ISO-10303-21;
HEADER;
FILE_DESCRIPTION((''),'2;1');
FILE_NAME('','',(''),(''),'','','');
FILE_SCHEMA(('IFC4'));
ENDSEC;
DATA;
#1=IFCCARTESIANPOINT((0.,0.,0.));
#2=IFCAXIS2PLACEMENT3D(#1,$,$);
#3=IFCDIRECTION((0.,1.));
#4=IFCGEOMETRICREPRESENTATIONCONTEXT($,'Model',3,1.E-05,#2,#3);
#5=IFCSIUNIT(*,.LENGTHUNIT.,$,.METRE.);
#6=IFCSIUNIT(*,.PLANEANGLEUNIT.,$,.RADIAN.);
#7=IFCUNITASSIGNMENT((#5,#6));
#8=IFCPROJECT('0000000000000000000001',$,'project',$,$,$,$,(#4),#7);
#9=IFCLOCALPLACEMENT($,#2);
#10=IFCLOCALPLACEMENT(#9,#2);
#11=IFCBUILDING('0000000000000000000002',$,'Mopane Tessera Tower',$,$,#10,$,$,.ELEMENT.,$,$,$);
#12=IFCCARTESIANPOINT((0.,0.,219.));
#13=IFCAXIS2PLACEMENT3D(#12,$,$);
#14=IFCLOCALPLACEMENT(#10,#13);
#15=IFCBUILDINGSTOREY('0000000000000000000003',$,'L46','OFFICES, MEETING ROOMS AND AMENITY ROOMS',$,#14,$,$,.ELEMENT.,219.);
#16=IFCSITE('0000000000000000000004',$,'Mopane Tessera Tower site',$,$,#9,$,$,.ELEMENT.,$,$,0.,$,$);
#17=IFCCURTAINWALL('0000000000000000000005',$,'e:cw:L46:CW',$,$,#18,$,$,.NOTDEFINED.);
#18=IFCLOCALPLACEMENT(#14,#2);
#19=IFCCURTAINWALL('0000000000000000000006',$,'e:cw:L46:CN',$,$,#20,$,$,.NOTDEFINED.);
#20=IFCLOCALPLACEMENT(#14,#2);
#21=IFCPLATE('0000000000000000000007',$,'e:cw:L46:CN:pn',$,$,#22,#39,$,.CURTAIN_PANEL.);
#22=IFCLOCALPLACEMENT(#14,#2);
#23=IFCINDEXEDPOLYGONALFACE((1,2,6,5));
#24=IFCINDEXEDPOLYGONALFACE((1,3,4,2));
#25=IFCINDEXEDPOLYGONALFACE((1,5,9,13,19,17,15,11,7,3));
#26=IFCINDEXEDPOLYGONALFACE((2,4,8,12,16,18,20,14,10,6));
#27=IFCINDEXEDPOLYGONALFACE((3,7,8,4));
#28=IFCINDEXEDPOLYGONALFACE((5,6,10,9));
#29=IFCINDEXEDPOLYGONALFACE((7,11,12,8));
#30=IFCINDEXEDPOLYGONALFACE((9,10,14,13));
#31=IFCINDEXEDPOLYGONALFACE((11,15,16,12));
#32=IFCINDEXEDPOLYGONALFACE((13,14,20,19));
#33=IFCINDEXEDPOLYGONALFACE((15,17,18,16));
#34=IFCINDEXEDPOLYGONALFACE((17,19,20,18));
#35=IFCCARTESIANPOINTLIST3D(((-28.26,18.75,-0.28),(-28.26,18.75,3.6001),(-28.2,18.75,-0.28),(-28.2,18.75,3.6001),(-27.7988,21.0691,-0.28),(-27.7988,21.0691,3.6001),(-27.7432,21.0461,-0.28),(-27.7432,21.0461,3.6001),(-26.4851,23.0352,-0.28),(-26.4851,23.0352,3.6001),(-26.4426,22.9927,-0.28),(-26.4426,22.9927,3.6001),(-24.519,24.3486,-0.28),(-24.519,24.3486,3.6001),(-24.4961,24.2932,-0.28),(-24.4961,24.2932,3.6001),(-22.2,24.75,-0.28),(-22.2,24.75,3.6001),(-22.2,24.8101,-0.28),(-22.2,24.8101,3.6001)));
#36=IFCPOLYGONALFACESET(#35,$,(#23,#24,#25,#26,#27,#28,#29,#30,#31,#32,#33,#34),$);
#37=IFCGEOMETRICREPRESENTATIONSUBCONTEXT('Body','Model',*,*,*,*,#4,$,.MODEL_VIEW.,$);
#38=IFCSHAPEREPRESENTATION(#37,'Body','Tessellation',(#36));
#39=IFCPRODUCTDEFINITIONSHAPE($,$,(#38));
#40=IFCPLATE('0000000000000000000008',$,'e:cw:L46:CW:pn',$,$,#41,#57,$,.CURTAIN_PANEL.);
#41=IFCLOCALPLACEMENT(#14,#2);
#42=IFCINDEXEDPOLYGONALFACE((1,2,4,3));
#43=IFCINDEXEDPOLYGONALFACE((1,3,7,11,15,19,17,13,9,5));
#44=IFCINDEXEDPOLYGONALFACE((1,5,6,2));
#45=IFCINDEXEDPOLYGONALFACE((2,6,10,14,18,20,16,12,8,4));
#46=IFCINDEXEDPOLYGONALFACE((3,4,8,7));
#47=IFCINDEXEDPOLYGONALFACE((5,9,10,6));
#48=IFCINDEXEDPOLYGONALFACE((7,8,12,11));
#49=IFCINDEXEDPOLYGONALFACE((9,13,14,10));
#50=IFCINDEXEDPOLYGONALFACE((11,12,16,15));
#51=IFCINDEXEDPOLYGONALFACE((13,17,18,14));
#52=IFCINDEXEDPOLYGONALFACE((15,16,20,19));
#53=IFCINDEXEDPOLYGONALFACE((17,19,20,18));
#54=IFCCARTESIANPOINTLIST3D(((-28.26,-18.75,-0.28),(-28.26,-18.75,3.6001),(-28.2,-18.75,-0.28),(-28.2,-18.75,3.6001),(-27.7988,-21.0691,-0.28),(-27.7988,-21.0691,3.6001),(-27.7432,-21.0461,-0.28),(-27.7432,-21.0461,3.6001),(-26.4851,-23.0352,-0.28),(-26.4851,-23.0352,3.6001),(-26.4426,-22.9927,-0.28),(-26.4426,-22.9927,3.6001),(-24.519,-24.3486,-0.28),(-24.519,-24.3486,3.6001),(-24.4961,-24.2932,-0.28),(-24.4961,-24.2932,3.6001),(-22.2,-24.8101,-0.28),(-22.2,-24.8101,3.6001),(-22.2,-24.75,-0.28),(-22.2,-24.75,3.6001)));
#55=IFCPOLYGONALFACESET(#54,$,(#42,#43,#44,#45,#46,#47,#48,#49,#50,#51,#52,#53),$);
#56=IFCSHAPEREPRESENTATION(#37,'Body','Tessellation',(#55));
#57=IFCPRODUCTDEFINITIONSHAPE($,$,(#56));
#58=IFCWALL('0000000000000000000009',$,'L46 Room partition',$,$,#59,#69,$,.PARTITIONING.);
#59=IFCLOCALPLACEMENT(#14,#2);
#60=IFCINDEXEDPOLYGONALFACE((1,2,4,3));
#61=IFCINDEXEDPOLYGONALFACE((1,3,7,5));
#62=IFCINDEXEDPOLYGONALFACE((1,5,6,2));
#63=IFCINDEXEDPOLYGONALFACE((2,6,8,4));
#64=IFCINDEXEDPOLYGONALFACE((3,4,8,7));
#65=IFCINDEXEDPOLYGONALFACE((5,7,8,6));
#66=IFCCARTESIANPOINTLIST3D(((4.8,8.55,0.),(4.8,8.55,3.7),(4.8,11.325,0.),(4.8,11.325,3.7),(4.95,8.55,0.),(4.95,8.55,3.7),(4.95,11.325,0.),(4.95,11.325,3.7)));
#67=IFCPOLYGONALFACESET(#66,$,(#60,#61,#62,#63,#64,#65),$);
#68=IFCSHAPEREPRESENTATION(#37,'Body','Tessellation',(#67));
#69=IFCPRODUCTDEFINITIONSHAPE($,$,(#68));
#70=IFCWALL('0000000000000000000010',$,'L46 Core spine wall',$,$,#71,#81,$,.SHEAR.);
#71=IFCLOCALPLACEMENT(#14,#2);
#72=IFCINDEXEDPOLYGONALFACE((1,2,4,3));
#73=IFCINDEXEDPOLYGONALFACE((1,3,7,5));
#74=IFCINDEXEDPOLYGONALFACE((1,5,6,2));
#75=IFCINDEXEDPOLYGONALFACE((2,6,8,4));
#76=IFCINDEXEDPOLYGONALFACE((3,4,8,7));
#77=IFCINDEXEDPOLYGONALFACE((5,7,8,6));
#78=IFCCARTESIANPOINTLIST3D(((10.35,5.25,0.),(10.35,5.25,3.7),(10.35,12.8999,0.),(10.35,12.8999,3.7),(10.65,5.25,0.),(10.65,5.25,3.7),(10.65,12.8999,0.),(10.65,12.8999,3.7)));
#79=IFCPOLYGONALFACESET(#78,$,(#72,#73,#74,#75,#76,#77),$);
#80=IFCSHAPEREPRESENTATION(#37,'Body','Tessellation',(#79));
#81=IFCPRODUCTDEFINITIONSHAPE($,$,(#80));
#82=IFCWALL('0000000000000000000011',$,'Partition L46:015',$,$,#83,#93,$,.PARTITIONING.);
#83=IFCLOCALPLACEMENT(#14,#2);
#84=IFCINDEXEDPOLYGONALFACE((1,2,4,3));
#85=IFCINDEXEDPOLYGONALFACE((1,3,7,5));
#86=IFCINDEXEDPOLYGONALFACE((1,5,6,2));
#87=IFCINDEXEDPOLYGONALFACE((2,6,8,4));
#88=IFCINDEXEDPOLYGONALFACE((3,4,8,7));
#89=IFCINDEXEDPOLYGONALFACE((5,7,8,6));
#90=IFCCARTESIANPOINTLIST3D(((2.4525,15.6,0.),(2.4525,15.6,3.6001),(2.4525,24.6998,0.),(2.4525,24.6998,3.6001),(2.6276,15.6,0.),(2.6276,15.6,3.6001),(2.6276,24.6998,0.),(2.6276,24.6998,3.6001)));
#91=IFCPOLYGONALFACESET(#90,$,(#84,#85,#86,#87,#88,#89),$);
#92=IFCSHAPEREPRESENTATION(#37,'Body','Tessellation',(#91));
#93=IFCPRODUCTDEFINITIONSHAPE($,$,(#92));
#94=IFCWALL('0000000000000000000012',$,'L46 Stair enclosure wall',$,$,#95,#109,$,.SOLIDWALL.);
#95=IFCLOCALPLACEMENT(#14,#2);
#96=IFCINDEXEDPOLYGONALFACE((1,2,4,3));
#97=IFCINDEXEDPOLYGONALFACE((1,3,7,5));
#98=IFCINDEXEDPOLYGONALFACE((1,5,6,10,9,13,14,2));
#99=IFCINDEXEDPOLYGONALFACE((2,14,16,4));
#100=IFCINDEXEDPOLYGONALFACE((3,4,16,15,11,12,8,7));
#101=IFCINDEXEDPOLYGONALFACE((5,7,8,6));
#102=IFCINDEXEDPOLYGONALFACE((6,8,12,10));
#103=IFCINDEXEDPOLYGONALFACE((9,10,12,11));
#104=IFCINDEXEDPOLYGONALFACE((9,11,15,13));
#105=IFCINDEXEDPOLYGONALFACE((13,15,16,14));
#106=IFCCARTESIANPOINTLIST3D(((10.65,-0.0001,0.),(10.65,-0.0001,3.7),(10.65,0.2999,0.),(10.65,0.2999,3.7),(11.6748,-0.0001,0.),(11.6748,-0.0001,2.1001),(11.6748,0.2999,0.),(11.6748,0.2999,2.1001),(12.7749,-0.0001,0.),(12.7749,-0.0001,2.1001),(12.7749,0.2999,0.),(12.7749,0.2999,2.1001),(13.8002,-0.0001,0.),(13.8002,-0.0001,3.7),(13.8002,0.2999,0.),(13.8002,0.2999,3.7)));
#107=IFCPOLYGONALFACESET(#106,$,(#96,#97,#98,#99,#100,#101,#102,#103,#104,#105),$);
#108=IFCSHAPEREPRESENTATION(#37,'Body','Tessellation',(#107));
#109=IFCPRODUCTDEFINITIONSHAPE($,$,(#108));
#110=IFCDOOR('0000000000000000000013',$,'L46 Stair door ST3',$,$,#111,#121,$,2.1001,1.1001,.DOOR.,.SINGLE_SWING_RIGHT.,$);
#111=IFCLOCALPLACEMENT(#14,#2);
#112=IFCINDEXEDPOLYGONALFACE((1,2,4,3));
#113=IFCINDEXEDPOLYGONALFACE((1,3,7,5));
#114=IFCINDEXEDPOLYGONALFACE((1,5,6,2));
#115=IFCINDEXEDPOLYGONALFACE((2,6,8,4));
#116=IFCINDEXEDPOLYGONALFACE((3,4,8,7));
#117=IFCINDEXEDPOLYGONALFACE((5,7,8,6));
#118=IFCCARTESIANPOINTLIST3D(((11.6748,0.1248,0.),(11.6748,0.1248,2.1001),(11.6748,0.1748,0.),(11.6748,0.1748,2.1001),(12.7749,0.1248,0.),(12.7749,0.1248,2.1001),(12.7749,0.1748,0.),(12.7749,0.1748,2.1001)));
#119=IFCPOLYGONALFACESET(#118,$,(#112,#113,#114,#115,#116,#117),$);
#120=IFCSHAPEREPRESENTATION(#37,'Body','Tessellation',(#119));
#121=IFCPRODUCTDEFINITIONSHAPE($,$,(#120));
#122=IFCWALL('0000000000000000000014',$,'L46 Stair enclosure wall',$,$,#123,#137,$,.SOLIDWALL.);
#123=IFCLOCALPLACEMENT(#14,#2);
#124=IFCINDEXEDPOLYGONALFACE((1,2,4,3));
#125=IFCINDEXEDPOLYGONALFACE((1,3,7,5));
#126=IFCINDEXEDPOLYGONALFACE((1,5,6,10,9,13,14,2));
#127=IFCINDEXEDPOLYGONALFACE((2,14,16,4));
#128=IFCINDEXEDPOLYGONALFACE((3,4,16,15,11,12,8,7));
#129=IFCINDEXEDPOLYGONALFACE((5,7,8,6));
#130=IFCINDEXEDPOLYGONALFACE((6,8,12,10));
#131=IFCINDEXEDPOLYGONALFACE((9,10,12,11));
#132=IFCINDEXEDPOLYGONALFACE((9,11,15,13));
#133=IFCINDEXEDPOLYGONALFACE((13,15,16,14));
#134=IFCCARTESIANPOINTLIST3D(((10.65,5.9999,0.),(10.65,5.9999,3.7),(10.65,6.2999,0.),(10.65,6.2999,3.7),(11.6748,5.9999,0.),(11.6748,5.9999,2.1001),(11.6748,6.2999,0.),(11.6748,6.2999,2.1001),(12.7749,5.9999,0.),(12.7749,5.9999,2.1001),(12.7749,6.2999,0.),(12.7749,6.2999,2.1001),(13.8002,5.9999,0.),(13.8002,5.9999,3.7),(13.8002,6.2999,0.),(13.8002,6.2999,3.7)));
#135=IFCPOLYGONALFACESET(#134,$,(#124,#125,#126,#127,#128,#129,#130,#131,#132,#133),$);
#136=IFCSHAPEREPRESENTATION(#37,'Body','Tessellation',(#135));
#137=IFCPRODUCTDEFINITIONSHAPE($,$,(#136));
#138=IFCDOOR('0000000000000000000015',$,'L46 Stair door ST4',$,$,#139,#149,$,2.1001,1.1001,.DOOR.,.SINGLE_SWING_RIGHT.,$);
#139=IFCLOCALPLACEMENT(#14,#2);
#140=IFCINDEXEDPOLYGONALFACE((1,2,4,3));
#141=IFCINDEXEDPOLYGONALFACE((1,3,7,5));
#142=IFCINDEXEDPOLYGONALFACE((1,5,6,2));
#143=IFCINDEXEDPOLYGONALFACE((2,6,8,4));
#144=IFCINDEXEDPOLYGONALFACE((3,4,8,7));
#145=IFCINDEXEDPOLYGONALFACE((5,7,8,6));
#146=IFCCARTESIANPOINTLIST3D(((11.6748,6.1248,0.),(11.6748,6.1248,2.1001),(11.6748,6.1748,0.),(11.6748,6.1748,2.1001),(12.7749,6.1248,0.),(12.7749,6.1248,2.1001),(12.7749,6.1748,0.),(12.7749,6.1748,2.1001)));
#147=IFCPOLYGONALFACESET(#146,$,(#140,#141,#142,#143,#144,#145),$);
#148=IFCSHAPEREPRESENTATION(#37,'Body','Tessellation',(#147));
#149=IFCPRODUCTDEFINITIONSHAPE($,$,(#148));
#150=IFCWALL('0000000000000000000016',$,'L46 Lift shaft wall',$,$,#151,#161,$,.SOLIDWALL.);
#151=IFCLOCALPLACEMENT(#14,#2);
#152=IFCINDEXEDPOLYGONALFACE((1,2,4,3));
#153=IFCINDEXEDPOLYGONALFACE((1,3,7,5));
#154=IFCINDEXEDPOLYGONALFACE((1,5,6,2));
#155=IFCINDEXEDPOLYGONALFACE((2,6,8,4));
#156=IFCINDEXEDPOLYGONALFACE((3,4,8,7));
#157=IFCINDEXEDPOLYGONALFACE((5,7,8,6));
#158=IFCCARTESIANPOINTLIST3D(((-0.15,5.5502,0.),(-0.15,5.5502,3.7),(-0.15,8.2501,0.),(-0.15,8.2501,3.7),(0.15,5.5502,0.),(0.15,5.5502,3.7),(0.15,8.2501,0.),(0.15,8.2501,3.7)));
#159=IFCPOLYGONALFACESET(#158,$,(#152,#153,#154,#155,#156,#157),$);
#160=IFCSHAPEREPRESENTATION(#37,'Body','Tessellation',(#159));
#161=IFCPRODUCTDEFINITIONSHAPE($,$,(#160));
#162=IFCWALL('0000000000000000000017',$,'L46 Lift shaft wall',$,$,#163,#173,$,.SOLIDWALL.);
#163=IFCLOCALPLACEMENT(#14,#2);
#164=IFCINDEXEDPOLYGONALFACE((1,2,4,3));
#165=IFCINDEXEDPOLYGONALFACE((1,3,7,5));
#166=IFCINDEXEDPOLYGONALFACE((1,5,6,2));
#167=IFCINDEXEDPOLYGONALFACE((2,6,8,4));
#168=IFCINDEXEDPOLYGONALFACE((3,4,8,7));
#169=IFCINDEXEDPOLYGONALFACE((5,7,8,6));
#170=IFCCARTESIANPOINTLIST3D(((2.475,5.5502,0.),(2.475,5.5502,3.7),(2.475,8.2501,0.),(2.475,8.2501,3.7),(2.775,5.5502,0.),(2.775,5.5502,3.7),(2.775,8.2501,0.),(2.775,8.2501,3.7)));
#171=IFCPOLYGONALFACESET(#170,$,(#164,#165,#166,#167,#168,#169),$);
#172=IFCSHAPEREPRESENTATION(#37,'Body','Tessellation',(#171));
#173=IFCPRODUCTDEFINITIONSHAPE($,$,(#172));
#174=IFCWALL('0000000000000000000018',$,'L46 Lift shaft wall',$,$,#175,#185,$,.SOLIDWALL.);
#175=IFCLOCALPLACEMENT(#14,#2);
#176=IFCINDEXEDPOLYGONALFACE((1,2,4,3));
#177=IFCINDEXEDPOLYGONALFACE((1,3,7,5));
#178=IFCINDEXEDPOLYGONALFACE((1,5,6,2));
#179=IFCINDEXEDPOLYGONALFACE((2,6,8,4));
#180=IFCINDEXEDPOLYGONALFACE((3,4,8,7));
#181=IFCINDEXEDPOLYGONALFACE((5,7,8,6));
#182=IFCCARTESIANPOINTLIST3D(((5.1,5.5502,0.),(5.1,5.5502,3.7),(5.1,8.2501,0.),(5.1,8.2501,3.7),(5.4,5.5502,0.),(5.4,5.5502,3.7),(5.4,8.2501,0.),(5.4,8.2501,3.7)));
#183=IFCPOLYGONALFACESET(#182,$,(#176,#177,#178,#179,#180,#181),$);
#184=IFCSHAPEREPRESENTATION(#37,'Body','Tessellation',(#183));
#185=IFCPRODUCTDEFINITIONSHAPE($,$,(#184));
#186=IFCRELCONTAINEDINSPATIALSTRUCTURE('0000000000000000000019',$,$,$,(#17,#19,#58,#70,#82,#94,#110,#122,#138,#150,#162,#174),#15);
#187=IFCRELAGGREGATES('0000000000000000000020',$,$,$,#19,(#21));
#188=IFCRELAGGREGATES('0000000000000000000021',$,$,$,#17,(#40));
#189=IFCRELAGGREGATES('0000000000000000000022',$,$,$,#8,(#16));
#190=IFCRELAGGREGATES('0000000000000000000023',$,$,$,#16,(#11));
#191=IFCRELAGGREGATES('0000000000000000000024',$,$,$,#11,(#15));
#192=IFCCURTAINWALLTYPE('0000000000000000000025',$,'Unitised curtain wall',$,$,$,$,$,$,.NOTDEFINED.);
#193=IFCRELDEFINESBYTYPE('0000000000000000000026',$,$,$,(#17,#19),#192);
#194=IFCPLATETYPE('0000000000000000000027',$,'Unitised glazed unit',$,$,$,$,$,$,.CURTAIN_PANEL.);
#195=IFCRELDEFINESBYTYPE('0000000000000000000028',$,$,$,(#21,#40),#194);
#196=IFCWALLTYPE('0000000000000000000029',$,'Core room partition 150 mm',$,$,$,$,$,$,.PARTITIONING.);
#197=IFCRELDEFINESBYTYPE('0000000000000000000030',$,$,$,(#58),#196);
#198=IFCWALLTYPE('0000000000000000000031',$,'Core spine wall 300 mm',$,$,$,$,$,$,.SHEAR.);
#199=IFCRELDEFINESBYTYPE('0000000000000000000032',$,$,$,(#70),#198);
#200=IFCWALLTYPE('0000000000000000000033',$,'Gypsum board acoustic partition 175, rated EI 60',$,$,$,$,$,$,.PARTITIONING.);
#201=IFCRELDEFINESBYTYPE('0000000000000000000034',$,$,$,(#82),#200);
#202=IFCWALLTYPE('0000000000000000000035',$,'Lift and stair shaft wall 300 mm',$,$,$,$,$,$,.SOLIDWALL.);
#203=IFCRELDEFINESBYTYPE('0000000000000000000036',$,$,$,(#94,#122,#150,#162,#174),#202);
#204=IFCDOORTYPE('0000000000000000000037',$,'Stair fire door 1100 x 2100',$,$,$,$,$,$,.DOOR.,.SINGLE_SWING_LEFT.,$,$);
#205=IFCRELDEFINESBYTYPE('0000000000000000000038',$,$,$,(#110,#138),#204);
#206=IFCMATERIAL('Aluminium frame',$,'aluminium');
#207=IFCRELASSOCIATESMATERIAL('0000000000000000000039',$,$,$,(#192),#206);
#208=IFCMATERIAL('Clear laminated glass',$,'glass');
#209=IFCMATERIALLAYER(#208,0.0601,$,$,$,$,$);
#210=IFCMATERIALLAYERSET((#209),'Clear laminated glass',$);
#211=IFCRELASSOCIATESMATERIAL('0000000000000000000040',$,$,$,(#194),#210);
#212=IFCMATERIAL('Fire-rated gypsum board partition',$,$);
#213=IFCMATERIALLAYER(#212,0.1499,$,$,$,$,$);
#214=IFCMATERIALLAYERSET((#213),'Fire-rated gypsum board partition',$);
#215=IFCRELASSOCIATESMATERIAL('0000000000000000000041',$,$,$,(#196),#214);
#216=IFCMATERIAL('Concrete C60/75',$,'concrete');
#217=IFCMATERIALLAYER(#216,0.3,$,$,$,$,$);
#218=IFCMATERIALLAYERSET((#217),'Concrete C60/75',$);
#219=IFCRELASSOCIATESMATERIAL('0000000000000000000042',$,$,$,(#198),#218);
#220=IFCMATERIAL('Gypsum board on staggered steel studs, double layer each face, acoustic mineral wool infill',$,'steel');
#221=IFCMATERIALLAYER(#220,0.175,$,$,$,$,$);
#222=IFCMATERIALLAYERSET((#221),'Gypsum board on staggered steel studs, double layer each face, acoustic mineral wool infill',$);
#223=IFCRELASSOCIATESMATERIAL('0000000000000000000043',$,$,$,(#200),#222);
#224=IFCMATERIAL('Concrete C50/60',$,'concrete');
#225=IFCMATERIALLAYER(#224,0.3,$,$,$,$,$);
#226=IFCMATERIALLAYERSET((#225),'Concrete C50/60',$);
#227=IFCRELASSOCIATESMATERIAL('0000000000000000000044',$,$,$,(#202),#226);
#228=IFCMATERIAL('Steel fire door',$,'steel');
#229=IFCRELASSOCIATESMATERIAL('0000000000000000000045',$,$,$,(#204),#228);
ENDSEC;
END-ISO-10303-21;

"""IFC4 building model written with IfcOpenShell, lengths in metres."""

from ifc_helpers import new_model, si_unit, direction, frame, frame_2d, origin, place, context, subcontext, project, spatial, polyline, rectangle, outline, extrude, material, layer, layer_set, type_object, element, fill, aggregate, save


model = new_model("IFC4")

# Units and contexts
model_context = context("Model", 3, precision=1e-05, world=origin(), true_north=direction((0.0, 1.0)))
body_context = subcontext(model_context, "Body", "Model", "MODEL_VIEW")
ifc_project = project(units=[si_unit("LENGTHUNIT", "METRE"), si_unit("PLANEANGLEUNIT", "RADIAN")], contexts=[model_context])

# Site, building, storey
site_placement = place(None, origin())
site = spatial("IfcSite", under=ifc_project, at=site_placement, Name="Mopane Tessera Tower site", CompositionType="ELEMENT", RefElevation=0.0)
building_placement = place(site_placement, origin())
building = spatial("IfcBuilding", under=site, at=building_placement, Name="Mopane Tessera Tower", CompositionType="ELEMENT")
storey_placement = place(building_placement, frame((0.0, 0.0, 219.0)))
storey = spatial("IfcBuildingStorey", under=building, at=storey_placement, Name="L46", Description="OFFICES, MEETING ROOMS AND AMENITY ROOMS", CompositionType="ELEMENT", Elevation=219.0)

# Shared definitions
ifc_material_1 = material(Name="Aluminium frame", Category="aluminium")
curtain_wall_type = type_object("IfcCurtainWallType", Name="Unitised curtain wall", PredefinedType="NOTDEFINED", material=ifc_material_1)

# Curtain wall
curtain_wall_1_placement = place(storey_placement, origin())
curtain_wall_1 = element("IfcCurtainWall", 1, at=curtain_wall_1_placement, inside=storey, type_object=curtain_wall_type, Name="e:cw:L46:CW", PredefinedType="NOTDEFINED")

# Shared definitions
ifc_material_2 = material(Name="Clear laminated glass", Category="glass")
ifc_layer_1 = layer(ifc_material_2, 0.0601)
ifc_layer_set_1 = layer_set([ifc_layer_1], Name="Clear laminated glass")
plate_type = type_object("IfcPlateType", Name="Unitised glazed unit", PredefinedType="CURTAIN_PANEL", material=ifc_layer_set_1)

# Curtain wall, plate
curtain_wall_2_placement = place(storey_placement, origin())
curtain_wall_2 = element("IfcCurtainWall", 2, at=curtain_wall_2_placement, inside=storey, type_object=curtain_wall_type, Name="e:cw:L46:CN", PredefinedType="NOTDEFINED")
plate_1_placement = place(storey_placement, frame((0.0, 0.0, -0.28)))
plate_1 = element("IfcPlate", 3, at=plate_1_placement, type_object=plate_type, Name="e:cw:L46:CN:pn", PredefinedType="CURTAIN_PANEL", context=body_context, shape_type="SweptSolid", body=[
    extrude(outline(polyline([(-22.2, 24.75), (-24.4961, 24.2932), (-26.4426, 22.9927), (-27.7432, 21.0461), (-28.2, 18.75), (-28.26, 18.75), (-27.7988, 21.0691), (-26.4851, 23.0352), (-24.519, 24.3486), (-22.2, 24.8101), (-22.2, 24.75)])), origin(), (0.0, 0.0, 1.0), 3.8801),
])
aggregate(curtain_wall_2, [plate_1])

# Plate
plate_2_placement = place(storey_placement, frame((0.0, 0.0, -0.28)))
plate_2 = element("IfcPlate", 4, at=plate_2_placement, type_object=plate_type, Name="e:cw:L46:CW:pn", PredefinedType="CURTAIN_PANEL", context=body_context, shape_type="SweptSolid", body=[
    extrude(outline(polyline([(-28.2, -18.75), (-27.7432, -21.0461), (-26.4426, -22.9927), (-24.4961, -24.2932), (-22.2, -24.75), (-22.2, -24.8101), (-24.519, -24.3486), (-26.4851, -23.0352), (-27.7988, -21.0691), (-28.26, -18.75), (-28.2, -18.75)])), origin(), (0.0, 0.0, 1.0), 3.8801),
])
aggregate(curtain_wall_1, [plate_2])

# Walls
ifc_material_3 = material(Name="Fire-rated gypsum board partition")
ifc_layer_2 = layer(ifc_material_3, 0.1499)
ifc_layer_set_2 = layer_set([ifc_layer_2], Name="Fire-rated gypsum board partition")
wall_type_1 = type_object("IfcWallType", Name="Core room partition 150 mm", PredefinedType="PARTITIONING", material=ifc_layer_set_2)
wall_1_placement = place(storey_placement, frame((4.875, 8.55, 0.0), z_axis=(0.0, 0.0, 1.0), x_axis=(0.0, 1.0, 0.0)))
element("IfcWall", 5, at=wall_1_placement, inside=storey, type_object=wall_type_1, Name="L46 Room partition", PredefinedType="PARTITIONING", context=body_context, shape_type="SweptSolid", body=[
    extrude(rectangle(XDim=2.7749, YDim=0.1499, at=frame_2d((1.3875, 0.0))), origin(), (0.0, 0.0, 1.0), 3.7),
])
ifc_material_4 = material(Name="Concrete C60/75", Category="concrete")
ifc_layer_3 = layer(ifc_material_4, 0.3)
ifc_layer_set_3 = layer_set([ifc_layer_3], Name="Concrete C60/75")
wall_type_2 = type_object("IfcWallType", Name="Core spine wall 300 mm", PredefinedType="SHEAR", material=ifc_layer_set_3)
wall_2_placement = place(storey_placement, frame((10.5, 5.25, 0.0), z_axis=(0.0, 0.0, 1.0), x_axis=(0.0, 1.0, 0.0)))
element("IfcWall", 6, at=wall_2_placement, inside=storey, type_object=wall_type_2, Name="L46 Core spine wall", PredefinedType="SHEAR", context=body_context, shape_type="SweptSolid", body=[
    extrude(rectangle(XDim=7.6499, YDim=0.3, at=frame_2d((3.825, 0.0))), origin(), (0.0, 0.0, 1.0), 3.7),
])
ifc_material_5 = material(Name="Gypsum board on staggered steel studs, double layer each face, acoustic mineral wool infill", Category="steel")
ifc_layer_4 = layer(ifc_material_5, 0.175)
ifc_layer_set_4 = layer_set([ifc_layer_4], Name="Gypsum board on staggered steel studs, double layer each face, acoustic mineral wool infill")
wall_type_3 = type_object("IfcWallType", Name="Gypsum board acoustic partition 175, rated EI 60", PredefinedType="PARTITIONING", material=ifc_layer_set_4)
wall_3_placement = place(storey_placement, frame((2.54, 15.6001, 0.0), z_axis=(0.0, 0.0, 1.0), x_axis=(0.0, 1.0, 0.0)))
element("IfcWall", 7, at=wall_3_placement, inside=storey, type_object=wall_type_3, Name="Partition L46:015", PredefinedType="PARTITIONING", context=body_context, shape_type="SweptSolid", body=[
    extrude(rectangle(XDim=9.0999, YDim=0.175, at=frame_2d((4.5498, 0.0))), origin(), (0.0, 0.0, 1.0), 3.6001),
])

# Walls, openings, doors
ifc_material_6 = material(Name="Concrete C50/60", Category="concrete")
ifc_layer_5 = layer(ifc_material_6, 0.3)
ifc_layer_set_5 = layer_set([ifc_layer_5], Name="Concrete C50/60")
wall_type_4 = type_object("IfcWallType", Name="Lift and stair shaft wall 300 mm", PredefinedType="SOLIDWALL", material=ifc_layer_set_5)
wall_4_placement = place(storey_placement, frame((10.6499, 0.1499, 0.0), z_axis=(0.0, 0.0, 1.0), x_axis=(1.0, 0.0, 0.0)))
wall_4 = element("IfcWall", 8, at=wall_4_placement, inside=storey, type_object=wall_type_4, Name="L46 Stair enclosure wall", PredefinedType="SOLIDWALL", context=body_context, shape_type="SweptSolid", body=[
    extrude(rectangle(XDim=3.1501, YDim=0.3, at=frame_2d((1.5752, 0.0))), origin(), (0.0, 0.0, 1.0), 3.7),
])
opening_1_placement = place(wall_4_placement, frame((1.0249, 0.0, 0.0)))
opening_1 = element("IfcOpeningElement", 9, at=opening_1_placement, cuts=wall_4, PredefinedType="OPENING", context=body_context, shape_type="SweptSolid", body=[
    extrude(rectangle(XDim=1.1001, YDim=2.1001, at=frame_2d((0.55, 1.05))), frame((0.0, 0.1621, 0.0), z_axis=(0.0, -1.0, 0.0), x_axis=(1.0, 0.0, 0.0)), (0.0, 0.0, 1.0), 0.324),
])
ifc_material_7 = material(Name="Steel fire door", Category="steel")
door_type = type_object("IfcDoorType", Name="Stair fire door 1100 x 2100", OperationType="SINGLE_SWING_LEFT", PredefinedType="DOOR", material=ifc_material_7)
door_1_placement = place(opening_1_placement, origin())
door_1 = element("IfcDoor", 10, at=door_1_placement, inside=storey, type_object=door_type, Name="L46 Stair door ST3", OperationType="SINGLE_SWING_RIGHT", OverallHeight=2.1001, OverallWidth=1.1001, PredefinedType="DOOR", context=body_context, shape_type="SweptSolid", body=[
    extrude(rectangle(XDim=1.1001, YDim=2.1001, at=frame_2d((0.55, 1.05))), frame((0.0, 0.0249, 0.0), z_axis=(0.0, -1.0, 0.0), x_axis=(1.0, 0.0, 0.0)), (0.0, 0.0, 1.0), 0.05),
])
fill(opening_1, door_1)
wall_5_placement = place(storey_placement, frame((10.6499, 6.1499, 0.0), z_axis=(0.0, 0.0, 1.0), x_axis=(1.0, 0.0, 0.0)))
wall_5 = element("IfcWall", 11, at=wall_5_placement, inside=storey, type_object=wall_type_4, Name="L46 Stair enclosure wall", PredefinedType="SOLIDWALL", context=body_context, shape_type="SweptSolid", body=[
    extrude(rectangle(XDim=3.1501, YDim=0.3, at=frame_2d((1.5752, 0.0))), origin(), (0.0, 0.0, 1.0), 3.7),
])
opening_2_placement = place(wall_5_placement, frame((1.0249, 0.0, 0.0)))
opening_2 = element("IfcOpeningElement", 12, at=opening_2_placement, cuts=wall_5, PredefinedType="OPENING", context=body_context, shape_type="SweptSolid", body=[
    extrude(rectangle(XDim=1.1001, YDim=2.1001, at=frame_2d((0.55, 1.05))), frame((0.0, 0.1621, 0.0), z_axis=(0.0, -1.0, 0.0), x_axis=(1.0, 0.0, 0.0)), (0.0, 0.0, 1.0), 0.324),
])
door_2_placement = place(opening_2_placement, origin())
door_2 = element("IfcDoor", 13, at=door_2_placement, inside=storey, type_object=door_type, Name="L46 Stair door ST4", OperationType="SINGLE_SWING_RIGHT", OverallHeight=2.1001, OverallWidth=1.1001, PredefinedType="DOOR", context=body_context, shape_type="SweptSolid", body=[
    extrude(rectangle(XDim=1.1001, YDim=2.1001, at=frame_2d((0.55, 1.05))), frame((0.0, 0.0249, 0.0), z_axis=(0.0, -1.0, 0.0), x_axis=(1.0, 0.0, 0.0)), (0.0, 0.0, 1.0), 0.05),
])
fill(opening_2, door_2)

# Walls
for number, where, z_axis, x_axis, name in (
    (14, (0.0, 5.55, 0.0), (0.0, 0.0, 1.0), (0.0, 1.0, 0.0), "L46 Lift shaft wall"),
    (15, (2.625, 5.55, 0.0), (0.0, 0.0, 1.0), (0.0, 1.0, 0.0), "L46 Lift shaft wall"),
    (16, (5.25, 5.55, 0.0), (0.0, 0.0, 1.0), (0.0, 1.0, 0.0), "L46 Lift shaft wall"),
):
    element("IfcWall", number, at=place(storey_placement, frame(where, z_axis=z_axis, x_axis=x_axis)), inside=storey, type_object=wall_type_4, Name=name, PredefinedType="SOLIDWALL", context=body_context, shape_type="SweptSolid", body=[
        extrude(rectangle(XDim=2.7, YDim=0.3, at=frame_2d((1.3501, 0.0))), origin(), (0.0, 0.0, 1.0), 3.7),
    ])

save(model, "model.ifc")
